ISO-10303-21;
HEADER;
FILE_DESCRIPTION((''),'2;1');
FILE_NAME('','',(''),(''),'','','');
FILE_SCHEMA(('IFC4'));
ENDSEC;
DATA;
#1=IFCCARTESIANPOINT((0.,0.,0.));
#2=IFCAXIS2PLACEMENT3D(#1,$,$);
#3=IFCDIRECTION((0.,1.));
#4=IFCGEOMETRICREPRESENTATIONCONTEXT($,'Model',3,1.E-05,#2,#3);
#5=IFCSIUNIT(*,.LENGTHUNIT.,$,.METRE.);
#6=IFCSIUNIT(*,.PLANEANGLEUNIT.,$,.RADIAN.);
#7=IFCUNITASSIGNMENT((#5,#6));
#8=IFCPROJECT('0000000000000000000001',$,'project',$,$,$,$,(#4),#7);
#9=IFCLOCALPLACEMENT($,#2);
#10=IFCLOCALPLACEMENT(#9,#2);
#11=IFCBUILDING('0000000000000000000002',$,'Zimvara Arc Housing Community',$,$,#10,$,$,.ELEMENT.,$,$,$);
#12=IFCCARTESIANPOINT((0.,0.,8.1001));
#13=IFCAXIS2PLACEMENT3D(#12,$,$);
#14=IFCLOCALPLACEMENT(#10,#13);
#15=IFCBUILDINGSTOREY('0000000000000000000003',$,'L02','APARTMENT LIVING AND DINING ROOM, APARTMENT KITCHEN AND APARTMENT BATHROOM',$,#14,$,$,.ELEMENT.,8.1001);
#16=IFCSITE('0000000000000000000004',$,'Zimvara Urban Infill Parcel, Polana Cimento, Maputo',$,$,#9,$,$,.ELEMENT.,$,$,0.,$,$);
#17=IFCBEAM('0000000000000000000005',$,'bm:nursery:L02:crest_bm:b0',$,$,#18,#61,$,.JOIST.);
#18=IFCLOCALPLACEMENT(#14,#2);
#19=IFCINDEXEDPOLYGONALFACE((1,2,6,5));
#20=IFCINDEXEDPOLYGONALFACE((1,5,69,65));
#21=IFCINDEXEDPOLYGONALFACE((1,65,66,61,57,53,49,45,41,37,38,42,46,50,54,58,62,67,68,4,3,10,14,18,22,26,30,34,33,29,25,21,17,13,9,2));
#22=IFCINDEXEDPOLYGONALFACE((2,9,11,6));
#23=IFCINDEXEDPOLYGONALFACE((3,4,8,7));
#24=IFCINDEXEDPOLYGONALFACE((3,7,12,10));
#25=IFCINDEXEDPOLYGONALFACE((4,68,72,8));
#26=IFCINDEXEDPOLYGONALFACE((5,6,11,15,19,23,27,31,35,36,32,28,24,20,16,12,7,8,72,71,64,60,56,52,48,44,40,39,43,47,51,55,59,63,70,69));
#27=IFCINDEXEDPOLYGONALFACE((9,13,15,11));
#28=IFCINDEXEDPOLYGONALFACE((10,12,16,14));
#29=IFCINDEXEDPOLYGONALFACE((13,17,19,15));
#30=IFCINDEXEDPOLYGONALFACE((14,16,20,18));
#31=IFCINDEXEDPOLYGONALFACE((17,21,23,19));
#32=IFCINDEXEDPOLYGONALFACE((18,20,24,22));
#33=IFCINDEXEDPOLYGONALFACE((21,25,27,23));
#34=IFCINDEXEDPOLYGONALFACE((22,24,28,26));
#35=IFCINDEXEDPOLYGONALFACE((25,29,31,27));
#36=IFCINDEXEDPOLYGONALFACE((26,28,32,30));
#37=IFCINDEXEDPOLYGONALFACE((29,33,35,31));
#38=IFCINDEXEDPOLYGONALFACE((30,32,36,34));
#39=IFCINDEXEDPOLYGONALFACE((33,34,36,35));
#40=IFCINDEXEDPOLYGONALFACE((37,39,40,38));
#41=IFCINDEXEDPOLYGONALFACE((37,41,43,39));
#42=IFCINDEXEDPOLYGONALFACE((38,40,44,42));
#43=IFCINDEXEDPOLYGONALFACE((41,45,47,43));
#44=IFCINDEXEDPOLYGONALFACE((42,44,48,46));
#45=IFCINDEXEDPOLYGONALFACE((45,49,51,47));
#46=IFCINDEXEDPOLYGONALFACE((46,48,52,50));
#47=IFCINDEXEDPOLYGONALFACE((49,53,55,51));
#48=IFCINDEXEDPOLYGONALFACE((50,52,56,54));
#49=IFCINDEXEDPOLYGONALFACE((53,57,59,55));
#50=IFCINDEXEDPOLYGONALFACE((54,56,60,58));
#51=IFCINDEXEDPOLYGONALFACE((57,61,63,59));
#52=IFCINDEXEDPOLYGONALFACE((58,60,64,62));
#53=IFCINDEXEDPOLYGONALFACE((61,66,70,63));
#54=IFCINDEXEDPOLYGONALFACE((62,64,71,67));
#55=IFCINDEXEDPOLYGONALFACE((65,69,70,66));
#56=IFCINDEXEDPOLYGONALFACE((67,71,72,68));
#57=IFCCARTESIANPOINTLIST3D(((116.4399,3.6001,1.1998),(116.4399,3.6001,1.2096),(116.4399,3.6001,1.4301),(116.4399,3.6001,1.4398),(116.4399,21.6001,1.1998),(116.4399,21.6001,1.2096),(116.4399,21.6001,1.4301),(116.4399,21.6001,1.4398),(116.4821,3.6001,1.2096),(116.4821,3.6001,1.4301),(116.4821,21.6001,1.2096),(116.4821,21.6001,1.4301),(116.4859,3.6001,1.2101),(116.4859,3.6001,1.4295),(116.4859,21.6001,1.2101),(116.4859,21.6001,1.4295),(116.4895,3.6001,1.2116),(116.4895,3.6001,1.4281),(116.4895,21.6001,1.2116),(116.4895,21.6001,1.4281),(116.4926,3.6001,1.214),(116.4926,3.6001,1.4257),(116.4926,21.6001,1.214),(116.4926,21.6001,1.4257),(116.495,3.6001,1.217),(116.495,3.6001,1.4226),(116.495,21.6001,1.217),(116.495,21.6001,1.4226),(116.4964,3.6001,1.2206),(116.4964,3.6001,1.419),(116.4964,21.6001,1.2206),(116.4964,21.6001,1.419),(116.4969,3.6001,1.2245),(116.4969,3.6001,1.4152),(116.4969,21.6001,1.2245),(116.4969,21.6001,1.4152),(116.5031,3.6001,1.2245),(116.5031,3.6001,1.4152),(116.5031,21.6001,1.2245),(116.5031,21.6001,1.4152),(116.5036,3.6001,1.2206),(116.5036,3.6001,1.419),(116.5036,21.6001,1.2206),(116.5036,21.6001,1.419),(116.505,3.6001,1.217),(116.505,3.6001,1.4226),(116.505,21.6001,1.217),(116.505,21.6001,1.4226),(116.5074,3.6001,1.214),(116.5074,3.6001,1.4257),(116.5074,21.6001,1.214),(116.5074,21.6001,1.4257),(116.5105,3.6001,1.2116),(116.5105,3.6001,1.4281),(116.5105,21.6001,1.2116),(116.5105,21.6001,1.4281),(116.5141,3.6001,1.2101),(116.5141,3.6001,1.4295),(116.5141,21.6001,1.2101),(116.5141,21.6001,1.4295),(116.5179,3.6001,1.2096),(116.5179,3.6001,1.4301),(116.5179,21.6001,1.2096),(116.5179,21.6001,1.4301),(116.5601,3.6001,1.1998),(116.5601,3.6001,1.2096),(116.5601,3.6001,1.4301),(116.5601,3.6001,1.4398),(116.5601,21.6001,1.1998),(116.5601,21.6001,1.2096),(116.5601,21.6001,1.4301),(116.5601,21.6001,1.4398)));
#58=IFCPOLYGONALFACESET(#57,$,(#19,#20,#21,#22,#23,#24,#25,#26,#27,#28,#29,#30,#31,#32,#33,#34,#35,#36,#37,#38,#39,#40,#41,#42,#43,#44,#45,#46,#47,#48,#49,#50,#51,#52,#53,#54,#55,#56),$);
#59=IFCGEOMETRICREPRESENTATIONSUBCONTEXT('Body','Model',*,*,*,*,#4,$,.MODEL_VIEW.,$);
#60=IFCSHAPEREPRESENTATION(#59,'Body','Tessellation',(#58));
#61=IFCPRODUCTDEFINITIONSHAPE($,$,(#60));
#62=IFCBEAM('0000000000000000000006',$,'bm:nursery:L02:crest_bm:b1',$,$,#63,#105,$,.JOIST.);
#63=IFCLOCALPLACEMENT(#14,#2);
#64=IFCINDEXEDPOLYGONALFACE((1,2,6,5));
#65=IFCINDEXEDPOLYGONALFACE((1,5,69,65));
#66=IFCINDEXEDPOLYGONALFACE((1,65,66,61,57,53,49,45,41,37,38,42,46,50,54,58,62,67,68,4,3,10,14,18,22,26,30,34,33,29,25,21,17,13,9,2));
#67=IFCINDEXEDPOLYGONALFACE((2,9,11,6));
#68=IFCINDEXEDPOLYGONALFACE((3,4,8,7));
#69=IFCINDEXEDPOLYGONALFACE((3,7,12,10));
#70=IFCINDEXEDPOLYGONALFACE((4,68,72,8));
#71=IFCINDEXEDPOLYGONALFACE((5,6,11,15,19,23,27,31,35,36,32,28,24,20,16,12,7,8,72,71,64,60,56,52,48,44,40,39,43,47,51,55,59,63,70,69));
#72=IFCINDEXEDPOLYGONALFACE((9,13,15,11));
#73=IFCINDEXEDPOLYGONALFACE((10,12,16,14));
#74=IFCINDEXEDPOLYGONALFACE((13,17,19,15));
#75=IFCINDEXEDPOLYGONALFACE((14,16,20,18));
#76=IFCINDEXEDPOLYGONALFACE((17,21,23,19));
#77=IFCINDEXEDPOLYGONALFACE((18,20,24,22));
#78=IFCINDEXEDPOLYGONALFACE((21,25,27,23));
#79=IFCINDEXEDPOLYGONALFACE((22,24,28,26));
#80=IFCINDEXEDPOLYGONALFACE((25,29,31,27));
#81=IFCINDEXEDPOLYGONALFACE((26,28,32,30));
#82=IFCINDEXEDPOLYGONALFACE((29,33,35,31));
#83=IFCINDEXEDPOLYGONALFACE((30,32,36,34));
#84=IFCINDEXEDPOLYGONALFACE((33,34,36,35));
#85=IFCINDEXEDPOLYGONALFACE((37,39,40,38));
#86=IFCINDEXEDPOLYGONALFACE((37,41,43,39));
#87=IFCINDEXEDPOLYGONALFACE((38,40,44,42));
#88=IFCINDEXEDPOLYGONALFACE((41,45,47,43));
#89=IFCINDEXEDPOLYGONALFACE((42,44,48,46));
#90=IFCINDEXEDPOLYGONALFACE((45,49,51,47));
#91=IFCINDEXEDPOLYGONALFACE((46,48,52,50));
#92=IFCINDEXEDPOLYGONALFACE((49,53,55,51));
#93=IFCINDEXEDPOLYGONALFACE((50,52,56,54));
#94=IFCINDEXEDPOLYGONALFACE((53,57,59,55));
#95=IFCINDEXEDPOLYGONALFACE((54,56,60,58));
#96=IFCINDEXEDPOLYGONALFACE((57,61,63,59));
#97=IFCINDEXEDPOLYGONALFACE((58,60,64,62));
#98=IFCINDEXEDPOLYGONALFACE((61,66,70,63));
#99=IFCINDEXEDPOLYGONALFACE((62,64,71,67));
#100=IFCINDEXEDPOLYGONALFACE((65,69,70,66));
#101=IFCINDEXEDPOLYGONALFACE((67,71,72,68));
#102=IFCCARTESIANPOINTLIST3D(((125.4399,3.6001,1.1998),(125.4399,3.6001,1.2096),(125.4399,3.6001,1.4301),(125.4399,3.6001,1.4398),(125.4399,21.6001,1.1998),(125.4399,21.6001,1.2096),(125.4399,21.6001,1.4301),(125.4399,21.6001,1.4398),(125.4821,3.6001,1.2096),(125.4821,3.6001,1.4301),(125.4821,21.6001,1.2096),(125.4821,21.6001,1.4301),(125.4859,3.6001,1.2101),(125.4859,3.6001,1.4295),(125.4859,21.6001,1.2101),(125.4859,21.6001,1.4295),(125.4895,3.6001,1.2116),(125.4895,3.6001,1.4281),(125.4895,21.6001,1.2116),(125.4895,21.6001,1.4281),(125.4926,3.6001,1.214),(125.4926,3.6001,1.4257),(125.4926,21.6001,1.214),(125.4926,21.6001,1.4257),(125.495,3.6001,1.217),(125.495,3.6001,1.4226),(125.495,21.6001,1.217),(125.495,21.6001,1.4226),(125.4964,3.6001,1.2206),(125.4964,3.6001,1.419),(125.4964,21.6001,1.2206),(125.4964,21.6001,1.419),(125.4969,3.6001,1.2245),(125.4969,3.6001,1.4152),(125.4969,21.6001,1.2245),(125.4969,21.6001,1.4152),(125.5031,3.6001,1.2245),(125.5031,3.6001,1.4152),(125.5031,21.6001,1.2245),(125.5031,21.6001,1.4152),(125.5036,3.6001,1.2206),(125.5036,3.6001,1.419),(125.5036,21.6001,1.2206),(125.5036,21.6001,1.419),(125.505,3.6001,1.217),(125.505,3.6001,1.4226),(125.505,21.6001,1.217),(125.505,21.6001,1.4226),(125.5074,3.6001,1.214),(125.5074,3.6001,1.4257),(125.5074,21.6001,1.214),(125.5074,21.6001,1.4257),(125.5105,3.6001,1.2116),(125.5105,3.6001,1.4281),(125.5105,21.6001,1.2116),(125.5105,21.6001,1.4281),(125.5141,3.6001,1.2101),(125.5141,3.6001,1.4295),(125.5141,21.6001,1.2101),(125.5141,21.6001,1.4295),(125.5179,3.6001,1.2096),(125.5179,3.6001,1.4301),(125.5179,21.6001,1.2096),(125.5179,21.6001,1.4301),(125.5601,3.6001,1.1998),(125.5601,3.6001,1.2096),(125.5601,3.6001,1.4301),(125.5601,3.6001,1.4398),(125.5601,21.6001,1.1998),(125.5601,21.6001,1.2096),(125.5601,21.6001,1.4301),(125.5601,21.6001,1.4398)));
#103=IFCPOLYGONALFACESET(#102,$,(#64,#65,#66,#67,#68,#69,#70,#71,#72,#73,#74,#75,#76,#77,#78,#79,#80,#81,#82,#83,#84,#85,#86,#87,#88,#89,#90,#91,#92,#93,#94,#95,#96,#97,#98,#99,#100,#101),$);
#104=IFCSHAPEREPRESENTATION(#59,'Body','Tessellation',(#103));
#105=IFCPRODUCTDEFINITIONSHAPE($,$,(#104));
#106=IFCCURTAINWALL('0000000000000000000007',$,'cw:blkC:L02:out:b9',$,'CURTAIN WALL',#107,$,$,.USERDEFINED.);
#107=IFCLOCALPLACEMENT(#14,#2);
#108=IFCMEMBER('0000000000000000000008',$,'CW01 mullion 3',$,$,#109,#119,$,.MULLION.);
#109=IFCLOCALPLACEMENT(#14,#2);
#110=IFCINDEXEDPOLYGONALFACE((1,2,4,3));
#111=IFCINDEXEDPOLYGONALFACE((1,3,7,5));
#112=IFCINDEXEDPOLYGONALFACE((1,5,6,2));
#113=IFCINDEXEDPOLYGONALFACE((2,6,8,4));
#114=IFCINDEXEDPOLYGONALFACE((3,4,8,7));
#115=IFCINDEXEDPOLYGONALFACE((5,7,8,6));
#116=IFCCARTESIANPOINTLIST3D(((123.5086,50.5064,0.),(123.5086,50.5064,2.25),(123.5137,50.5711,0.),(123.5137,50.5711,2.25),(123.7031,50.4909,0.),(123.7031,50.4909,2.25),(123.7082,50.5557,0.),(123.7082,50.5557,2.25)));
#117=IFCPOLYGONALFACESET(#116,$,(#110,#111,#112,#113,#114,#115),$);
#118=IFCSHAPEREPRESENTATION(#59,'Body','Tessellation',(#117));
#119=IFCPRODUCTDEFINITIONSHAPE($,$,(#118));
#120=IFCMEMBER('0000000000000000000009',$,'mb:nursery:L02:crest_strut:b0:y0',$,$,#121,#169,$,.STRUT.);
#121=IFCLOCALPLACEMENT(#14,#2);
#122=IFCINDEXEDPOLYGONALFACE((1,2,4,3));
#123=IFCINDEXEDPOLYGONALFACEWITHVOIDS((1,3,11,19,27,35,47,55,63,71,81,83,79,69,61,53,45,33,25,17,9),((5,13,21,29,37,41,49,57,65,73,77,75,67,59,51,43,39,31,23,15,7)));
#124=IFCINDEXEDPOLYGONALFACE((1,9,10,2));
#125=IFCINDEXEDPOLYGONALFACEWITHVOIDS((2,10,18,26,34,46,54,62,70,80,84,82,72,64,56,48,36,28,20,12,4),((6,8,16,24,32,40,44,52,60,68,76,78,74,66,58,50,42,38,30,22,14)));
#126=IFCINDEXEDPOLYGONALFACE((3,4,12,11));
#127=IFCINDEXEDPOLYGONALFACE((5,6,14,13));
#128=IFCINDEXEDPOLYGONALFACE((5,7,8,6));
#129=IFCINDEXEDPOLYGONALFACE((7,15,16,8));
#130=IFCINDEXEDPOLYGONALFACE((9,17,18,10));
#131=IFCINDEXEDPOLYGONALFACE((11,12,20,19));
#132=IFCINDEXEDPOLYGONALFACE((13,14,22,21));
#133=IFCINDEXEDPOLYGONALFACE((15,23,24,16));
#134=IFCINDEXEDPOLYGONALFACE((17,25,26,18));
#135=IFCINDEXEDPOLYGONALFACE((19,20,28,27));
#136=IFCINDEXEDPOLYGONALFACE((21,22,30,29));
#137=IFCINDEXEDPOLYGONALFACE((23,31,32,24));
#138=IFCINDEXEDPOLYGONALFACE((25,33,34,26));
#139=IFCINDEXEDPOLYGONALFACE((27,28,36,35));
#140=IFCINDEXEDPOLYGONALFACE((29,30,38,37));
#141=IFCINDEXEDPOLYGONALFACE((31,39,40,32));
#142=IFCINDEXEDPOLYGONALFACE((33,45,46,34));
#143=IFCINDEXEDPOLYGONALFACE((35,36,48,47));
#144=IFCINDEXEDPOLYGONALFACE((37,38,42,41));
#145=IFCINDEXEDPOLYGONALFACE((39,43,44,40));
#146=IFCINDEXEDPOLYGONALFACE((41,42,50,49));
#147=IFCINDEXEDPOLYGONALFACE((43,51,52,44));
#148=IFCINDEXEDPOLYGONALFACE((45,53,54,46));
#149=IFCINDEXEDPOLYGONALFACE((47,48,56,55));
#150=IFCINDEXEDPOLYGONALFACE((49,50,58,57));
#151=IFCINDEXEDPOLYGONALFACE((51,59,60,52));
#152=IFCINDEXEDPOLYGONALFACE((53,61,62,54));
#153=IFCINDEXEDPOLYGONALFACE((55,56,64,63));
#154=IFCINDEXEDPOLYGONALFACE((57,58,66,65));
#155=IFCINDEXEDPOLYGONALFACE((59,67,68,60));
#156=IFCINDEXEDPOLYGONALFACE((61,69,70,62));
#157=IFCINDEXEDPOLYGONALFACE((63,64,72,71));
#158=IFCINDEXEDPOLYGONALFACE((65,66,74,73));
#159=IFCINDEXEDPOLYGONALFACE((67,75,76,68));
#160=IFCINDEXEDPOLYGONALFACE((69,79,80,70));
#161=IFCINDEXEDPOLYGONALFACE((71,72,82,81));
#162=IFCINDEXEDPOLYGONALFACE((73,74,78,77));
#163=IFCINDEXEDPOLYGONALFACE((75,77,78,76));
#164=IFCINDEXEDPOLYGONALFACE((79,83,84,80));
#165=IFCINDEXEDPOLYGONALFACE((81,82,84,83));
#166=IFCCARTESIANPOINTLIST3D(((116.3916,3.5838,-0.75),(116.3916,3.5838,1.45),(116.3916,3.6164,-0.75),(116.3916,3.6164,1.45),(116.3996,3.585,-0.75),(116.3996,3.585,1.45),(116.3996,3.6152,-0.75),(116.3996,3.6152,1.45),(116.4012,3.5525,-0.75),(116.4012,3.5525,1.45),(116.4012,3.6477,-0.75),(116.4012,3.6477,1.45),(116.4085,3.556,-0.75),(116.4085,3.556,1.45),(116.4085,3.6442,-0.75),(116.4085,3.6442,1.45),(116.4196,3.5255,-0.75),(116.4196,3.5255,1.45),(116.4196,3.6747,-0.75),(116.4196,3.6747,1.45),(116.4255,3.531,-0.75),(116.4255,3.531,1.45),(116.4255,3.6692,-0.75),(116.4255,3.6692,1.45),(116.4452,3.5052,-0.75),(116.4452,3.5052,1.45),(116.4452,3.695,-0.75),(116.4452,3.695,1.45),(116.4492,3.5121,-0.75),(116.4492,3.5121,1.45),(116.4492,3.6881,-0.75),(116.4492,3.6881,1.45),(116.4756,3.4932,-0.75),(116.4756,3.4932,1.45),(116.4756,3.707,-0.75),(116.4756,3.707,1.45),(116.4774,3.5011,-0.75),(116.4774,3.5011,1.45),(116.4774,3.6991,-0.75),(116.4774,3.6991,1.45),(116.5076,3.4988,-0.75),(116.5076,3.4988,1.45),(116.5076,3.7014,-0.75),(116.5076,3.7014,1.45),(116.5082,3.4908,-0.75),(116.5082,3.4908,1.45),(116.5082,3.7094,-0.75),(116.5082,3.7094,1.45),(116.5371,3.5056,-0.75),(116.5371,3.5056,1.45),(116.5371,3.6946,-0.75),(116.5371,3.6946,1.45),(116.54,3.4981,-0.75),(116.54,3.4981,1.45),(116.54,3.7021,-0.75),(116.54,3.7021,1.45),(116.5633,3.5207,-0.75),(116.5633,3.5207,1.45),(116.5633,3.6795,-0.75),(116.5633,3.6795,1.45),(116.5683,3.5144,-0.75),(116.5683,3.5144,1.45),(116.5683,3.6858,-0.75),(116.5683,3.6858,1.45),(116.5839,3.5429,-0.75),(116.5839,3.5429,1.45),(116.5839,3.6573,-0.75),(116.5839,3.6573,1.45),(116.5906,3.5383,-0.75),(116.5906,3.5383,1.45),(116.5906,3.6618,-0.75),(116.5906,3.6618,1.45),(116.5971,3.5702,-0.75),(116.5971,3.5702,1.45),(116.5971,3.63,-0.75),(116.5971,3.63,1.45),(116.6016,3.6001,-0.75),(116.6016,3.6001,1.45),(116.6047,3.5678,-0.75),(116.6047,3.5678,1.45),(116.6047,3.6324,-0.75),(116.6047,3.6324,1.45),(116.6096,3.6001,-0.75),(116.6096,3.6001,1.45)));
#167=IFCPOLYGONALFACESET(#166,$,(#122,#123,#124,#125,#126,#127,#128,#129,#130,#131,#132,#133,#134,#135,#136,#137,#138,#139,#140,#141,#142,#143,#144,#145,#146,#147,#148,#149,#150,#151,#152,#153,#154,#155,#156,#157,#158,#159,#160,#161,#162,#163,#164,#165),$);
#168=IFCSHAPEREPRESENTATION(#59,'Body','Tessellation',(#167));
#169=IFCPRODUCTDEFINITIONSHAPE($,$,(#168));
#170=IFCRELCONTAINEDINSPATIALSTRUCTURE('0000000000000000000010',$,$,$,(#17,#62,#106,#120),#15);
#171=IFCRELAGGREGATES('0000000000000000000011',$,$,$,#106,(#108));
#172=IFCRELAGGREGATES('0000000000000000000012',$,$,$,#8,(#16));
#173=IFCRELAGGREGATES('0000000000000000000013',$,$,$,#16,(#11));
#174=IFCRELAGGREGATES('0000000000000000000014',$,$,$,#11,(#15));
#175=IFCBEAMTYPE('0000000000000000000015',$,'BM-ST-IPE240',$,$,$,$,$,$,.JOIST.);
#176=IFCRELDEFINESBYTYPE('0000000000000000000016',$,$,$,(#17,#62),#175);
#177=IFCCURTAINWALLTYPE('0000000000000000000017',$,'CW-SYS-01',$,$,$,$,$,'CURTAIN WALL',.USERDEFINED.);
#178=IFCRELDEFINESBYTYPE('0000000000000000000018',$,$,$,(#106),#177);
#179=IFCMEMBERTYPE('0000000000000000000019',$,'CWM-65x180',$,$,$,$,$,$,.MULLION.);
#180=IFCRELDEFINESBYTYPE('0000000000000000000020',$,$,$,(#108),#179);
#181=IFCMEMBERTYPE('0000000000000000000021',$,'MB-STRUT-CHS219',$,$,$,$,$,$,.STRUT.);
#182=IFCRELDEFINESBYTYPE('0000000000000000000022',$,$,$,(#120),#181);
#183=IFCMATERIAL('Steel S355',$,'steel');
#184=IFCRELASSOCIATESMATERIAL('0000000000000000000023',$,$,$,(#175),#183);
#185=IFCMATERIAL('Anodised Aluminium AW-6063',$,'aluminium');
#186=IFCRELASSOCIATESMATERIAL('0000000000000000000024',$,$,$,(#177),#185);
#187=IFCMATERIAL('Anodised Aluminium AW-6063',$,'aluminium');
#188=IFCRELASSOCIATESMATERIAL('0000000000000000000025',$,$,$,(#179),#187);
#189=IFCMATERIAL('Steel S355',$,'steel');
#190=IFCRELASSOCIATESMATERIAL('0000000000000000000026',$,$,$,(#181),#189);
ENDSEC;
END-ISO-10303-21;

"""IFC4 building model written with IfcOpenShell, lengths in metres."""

from ifc_helpers import new_model, si_unit, direction, frame, origin, origin_2d, place, context, subcontext, project, spatial, rectangle, hollow_circle, i_section, extrude, material, material_profile, profile_set, type_object, element, aggregate, save


model = new_model("IFC4")

# Units and contexts
model_context = context("Model", 3, precision=1e-05, world=origin(), true_north=direction((0.0, 1.0)))
body_context = subcontext(model_context, "Body", "Model", "MODEL_VIEW")
ifc_project = project(units=[si_unit("LENGTHUNIT", "METRE"), si_unit("PLANEANGLEUNIT", "RADIAN")], contexts=[model_context])

# Site, building, storey
site_placement = place(None, origin())
site = spatial("IfcSite", under=ifc_project, at=site_placement, Name="Zimvara Urban Infill Parcel, Polana Cimento, Maputo", CompositionType="ELEMENT", RefElevation=0.0)
building_placement = place(site_placement, origin())
building = spatial("IfcBuilding", under=site, at=building_placement, Name="Zimvara Arc Housing Community", CompositionType="ELEMENT")
storey_placement = place(building_placement, frame((0.0, 0.0, 8.1001)))
storey = spatial("IfcBuildingStorey", under=building, at=storey_placement, Name="L02", Description="APARTMENT LIVING AND DINING ROOM, APARTMENT KITCHEN AND APARTMENT BATHROOM", CompositionType="ELEMENT", Elevation=8.1001)

# Beams
ifc_material_1 = material(Name="Steel S355", Category="steel")
ifc_material_profile_1 = material_profile(ifc_material_1, i_section(OverallWidth=0.1201, OverallDepth=0.24, WebThickness=0.0061, FlangeThickness=0.0098, FilletRadius=0.0149, at=origin_2d()), Name="IPE 240")
ifc_profile_set_1 = profile_set([ifc_material_profile_1], Name="Steel S355")
beam_type_1 = type_object("IfcBeamType", Name="BM-ST-IPE240", PredefinedType="JOIST", material=ifc_profile_set_1)
for number, where, z_axis, x_axis, name in (
    (1, (116.5, 3.6001, 1.3198), (0.0, 1.0, 0.0), (-1.0, 0.0, 0.0), "bm:nursery:L02:crest_bm:b0"),
    (2, (125.5, 3.6001, 1.3198), (0.0, 1.0, 0.0), (-1.0, 0.0, 0.0), "bm:nursery:L02:crest_bm:b1"),
):
    element("IfcBeam", number, at=place(storey_placement, frame(where, z_axis=z_axis, x_axis=x_axis)), inside=storey, type_object=beam_type_1, Name=name, PredefinedType="JOIST", context=body_context, shape_type="SweptSolid", body=[
        extrude(i_section(OverallWidth=0.1201, OverallDepth=0.24, WebThickness=0.0061, FlangeThickness=0.0098, FilletRadius=0.0149, at=origin_2d()), origin(), (0.0, 0.0, 1.0), 18.0),
    ])

# Curtain wall, member
ifc_material_2 = material(Name="Anodised Aluminium AW-6063", Category="aluminium")
curtain_wall_type = type_object("IfcCurtainWallType", Name="CW-SYS-01", ElementType="CURTAIN WALL", PredefinedType="USERDEFINED", material=ifc_material_2)
curtain_wall_placement = place(storey_placement, origin())
curtain_wall = element("IfcCurtainWall", 3, at=curtain_wall_placement, inside=storey, type_object=curtain_wall_type, Name="cw:blkC:L02:out:b9", ObjectType="CURTAIN WALL", PredefinedType="USERDEFINED")
ifc_material_3 = material(Name="Anodised Aluminium AW-6063", Category="aluminium")
ifc_material_profile_2 = material_profile(ifc_material_3, rectangle(XDim=0.0649, YDim=0.1951, at=origin_2d()), Name="ALU 65x195")
ifc_profile_set_2 = profile_set([ifc_material_profile_2], Name="Anodised Aluminium AW-6063")
member_type_1 = type_object("IfcMemberType", Name="CWM-65x180", PredefinedType="MULLION", material=ifc_profile_set_2)
member_placement = place(storey_placement, frame((123.6084, 50.531, 0.0), z_axis=(0.0, 0.0, 1.0), x_axis=(0.079154, 0.996862, 0.0)))
member = element("IfcMember", 4, at=member_placement, type_object=member_type_1, Name="CW01 mullion 3", PredefinedType="MULLION", context=body_context, shape_type="SweptSolid", body=[
    extrude(rectangle(XDim=0.0649, YDim=0.1951, at=origin_2d()), origin(), (0.0, 0.0, 1.0), 2.25),
])
aggregate(curtain_wall, [member])

# Member
ifc_material_4 = material(Name="Steel S355", Category="steel")
ifc_material_profile_3 = material_profile(ifc_material_4, hollow_circle(Radius=0.1096, WallThickness=0.0081, at=origin_2d()), Name="CHS 219.1x8.0")
ifc_profile_set_3 = profile_set([ifc_material_profile_3], Name="Steel S355")
member_type_2 = type_object("IfcMemberType", Name="MB-STRUT-CHS219", PredefinedType="STRUT", material=ifc_profile_set_3)
for number, where, z_axis, x_axis, name in (
    (5, (116.5, 3.6001, -0.75), (0.0, 0.0, 1.0), (1.0, 0.0, 0.0), "mb:nursery:L02:crest_strut:b0:y0"),
):
    element("IfcMember", number, at=place(storey_placement, frame(where, z_axis=z_axis, x_axis=x_axis)), inside=storey, type_object=member_type_2, Name=name, PredefinedType="STRUT", context=body_context, shape_type="SweptSolid", body=[
        extrude(hollow_circle(Radius=0.1096, WallThickness=0.0081, at=origin_2d()), origin(), (0.0, 0.0, 1.0), 2.2),
    ])

save(model, "model.ifc")
